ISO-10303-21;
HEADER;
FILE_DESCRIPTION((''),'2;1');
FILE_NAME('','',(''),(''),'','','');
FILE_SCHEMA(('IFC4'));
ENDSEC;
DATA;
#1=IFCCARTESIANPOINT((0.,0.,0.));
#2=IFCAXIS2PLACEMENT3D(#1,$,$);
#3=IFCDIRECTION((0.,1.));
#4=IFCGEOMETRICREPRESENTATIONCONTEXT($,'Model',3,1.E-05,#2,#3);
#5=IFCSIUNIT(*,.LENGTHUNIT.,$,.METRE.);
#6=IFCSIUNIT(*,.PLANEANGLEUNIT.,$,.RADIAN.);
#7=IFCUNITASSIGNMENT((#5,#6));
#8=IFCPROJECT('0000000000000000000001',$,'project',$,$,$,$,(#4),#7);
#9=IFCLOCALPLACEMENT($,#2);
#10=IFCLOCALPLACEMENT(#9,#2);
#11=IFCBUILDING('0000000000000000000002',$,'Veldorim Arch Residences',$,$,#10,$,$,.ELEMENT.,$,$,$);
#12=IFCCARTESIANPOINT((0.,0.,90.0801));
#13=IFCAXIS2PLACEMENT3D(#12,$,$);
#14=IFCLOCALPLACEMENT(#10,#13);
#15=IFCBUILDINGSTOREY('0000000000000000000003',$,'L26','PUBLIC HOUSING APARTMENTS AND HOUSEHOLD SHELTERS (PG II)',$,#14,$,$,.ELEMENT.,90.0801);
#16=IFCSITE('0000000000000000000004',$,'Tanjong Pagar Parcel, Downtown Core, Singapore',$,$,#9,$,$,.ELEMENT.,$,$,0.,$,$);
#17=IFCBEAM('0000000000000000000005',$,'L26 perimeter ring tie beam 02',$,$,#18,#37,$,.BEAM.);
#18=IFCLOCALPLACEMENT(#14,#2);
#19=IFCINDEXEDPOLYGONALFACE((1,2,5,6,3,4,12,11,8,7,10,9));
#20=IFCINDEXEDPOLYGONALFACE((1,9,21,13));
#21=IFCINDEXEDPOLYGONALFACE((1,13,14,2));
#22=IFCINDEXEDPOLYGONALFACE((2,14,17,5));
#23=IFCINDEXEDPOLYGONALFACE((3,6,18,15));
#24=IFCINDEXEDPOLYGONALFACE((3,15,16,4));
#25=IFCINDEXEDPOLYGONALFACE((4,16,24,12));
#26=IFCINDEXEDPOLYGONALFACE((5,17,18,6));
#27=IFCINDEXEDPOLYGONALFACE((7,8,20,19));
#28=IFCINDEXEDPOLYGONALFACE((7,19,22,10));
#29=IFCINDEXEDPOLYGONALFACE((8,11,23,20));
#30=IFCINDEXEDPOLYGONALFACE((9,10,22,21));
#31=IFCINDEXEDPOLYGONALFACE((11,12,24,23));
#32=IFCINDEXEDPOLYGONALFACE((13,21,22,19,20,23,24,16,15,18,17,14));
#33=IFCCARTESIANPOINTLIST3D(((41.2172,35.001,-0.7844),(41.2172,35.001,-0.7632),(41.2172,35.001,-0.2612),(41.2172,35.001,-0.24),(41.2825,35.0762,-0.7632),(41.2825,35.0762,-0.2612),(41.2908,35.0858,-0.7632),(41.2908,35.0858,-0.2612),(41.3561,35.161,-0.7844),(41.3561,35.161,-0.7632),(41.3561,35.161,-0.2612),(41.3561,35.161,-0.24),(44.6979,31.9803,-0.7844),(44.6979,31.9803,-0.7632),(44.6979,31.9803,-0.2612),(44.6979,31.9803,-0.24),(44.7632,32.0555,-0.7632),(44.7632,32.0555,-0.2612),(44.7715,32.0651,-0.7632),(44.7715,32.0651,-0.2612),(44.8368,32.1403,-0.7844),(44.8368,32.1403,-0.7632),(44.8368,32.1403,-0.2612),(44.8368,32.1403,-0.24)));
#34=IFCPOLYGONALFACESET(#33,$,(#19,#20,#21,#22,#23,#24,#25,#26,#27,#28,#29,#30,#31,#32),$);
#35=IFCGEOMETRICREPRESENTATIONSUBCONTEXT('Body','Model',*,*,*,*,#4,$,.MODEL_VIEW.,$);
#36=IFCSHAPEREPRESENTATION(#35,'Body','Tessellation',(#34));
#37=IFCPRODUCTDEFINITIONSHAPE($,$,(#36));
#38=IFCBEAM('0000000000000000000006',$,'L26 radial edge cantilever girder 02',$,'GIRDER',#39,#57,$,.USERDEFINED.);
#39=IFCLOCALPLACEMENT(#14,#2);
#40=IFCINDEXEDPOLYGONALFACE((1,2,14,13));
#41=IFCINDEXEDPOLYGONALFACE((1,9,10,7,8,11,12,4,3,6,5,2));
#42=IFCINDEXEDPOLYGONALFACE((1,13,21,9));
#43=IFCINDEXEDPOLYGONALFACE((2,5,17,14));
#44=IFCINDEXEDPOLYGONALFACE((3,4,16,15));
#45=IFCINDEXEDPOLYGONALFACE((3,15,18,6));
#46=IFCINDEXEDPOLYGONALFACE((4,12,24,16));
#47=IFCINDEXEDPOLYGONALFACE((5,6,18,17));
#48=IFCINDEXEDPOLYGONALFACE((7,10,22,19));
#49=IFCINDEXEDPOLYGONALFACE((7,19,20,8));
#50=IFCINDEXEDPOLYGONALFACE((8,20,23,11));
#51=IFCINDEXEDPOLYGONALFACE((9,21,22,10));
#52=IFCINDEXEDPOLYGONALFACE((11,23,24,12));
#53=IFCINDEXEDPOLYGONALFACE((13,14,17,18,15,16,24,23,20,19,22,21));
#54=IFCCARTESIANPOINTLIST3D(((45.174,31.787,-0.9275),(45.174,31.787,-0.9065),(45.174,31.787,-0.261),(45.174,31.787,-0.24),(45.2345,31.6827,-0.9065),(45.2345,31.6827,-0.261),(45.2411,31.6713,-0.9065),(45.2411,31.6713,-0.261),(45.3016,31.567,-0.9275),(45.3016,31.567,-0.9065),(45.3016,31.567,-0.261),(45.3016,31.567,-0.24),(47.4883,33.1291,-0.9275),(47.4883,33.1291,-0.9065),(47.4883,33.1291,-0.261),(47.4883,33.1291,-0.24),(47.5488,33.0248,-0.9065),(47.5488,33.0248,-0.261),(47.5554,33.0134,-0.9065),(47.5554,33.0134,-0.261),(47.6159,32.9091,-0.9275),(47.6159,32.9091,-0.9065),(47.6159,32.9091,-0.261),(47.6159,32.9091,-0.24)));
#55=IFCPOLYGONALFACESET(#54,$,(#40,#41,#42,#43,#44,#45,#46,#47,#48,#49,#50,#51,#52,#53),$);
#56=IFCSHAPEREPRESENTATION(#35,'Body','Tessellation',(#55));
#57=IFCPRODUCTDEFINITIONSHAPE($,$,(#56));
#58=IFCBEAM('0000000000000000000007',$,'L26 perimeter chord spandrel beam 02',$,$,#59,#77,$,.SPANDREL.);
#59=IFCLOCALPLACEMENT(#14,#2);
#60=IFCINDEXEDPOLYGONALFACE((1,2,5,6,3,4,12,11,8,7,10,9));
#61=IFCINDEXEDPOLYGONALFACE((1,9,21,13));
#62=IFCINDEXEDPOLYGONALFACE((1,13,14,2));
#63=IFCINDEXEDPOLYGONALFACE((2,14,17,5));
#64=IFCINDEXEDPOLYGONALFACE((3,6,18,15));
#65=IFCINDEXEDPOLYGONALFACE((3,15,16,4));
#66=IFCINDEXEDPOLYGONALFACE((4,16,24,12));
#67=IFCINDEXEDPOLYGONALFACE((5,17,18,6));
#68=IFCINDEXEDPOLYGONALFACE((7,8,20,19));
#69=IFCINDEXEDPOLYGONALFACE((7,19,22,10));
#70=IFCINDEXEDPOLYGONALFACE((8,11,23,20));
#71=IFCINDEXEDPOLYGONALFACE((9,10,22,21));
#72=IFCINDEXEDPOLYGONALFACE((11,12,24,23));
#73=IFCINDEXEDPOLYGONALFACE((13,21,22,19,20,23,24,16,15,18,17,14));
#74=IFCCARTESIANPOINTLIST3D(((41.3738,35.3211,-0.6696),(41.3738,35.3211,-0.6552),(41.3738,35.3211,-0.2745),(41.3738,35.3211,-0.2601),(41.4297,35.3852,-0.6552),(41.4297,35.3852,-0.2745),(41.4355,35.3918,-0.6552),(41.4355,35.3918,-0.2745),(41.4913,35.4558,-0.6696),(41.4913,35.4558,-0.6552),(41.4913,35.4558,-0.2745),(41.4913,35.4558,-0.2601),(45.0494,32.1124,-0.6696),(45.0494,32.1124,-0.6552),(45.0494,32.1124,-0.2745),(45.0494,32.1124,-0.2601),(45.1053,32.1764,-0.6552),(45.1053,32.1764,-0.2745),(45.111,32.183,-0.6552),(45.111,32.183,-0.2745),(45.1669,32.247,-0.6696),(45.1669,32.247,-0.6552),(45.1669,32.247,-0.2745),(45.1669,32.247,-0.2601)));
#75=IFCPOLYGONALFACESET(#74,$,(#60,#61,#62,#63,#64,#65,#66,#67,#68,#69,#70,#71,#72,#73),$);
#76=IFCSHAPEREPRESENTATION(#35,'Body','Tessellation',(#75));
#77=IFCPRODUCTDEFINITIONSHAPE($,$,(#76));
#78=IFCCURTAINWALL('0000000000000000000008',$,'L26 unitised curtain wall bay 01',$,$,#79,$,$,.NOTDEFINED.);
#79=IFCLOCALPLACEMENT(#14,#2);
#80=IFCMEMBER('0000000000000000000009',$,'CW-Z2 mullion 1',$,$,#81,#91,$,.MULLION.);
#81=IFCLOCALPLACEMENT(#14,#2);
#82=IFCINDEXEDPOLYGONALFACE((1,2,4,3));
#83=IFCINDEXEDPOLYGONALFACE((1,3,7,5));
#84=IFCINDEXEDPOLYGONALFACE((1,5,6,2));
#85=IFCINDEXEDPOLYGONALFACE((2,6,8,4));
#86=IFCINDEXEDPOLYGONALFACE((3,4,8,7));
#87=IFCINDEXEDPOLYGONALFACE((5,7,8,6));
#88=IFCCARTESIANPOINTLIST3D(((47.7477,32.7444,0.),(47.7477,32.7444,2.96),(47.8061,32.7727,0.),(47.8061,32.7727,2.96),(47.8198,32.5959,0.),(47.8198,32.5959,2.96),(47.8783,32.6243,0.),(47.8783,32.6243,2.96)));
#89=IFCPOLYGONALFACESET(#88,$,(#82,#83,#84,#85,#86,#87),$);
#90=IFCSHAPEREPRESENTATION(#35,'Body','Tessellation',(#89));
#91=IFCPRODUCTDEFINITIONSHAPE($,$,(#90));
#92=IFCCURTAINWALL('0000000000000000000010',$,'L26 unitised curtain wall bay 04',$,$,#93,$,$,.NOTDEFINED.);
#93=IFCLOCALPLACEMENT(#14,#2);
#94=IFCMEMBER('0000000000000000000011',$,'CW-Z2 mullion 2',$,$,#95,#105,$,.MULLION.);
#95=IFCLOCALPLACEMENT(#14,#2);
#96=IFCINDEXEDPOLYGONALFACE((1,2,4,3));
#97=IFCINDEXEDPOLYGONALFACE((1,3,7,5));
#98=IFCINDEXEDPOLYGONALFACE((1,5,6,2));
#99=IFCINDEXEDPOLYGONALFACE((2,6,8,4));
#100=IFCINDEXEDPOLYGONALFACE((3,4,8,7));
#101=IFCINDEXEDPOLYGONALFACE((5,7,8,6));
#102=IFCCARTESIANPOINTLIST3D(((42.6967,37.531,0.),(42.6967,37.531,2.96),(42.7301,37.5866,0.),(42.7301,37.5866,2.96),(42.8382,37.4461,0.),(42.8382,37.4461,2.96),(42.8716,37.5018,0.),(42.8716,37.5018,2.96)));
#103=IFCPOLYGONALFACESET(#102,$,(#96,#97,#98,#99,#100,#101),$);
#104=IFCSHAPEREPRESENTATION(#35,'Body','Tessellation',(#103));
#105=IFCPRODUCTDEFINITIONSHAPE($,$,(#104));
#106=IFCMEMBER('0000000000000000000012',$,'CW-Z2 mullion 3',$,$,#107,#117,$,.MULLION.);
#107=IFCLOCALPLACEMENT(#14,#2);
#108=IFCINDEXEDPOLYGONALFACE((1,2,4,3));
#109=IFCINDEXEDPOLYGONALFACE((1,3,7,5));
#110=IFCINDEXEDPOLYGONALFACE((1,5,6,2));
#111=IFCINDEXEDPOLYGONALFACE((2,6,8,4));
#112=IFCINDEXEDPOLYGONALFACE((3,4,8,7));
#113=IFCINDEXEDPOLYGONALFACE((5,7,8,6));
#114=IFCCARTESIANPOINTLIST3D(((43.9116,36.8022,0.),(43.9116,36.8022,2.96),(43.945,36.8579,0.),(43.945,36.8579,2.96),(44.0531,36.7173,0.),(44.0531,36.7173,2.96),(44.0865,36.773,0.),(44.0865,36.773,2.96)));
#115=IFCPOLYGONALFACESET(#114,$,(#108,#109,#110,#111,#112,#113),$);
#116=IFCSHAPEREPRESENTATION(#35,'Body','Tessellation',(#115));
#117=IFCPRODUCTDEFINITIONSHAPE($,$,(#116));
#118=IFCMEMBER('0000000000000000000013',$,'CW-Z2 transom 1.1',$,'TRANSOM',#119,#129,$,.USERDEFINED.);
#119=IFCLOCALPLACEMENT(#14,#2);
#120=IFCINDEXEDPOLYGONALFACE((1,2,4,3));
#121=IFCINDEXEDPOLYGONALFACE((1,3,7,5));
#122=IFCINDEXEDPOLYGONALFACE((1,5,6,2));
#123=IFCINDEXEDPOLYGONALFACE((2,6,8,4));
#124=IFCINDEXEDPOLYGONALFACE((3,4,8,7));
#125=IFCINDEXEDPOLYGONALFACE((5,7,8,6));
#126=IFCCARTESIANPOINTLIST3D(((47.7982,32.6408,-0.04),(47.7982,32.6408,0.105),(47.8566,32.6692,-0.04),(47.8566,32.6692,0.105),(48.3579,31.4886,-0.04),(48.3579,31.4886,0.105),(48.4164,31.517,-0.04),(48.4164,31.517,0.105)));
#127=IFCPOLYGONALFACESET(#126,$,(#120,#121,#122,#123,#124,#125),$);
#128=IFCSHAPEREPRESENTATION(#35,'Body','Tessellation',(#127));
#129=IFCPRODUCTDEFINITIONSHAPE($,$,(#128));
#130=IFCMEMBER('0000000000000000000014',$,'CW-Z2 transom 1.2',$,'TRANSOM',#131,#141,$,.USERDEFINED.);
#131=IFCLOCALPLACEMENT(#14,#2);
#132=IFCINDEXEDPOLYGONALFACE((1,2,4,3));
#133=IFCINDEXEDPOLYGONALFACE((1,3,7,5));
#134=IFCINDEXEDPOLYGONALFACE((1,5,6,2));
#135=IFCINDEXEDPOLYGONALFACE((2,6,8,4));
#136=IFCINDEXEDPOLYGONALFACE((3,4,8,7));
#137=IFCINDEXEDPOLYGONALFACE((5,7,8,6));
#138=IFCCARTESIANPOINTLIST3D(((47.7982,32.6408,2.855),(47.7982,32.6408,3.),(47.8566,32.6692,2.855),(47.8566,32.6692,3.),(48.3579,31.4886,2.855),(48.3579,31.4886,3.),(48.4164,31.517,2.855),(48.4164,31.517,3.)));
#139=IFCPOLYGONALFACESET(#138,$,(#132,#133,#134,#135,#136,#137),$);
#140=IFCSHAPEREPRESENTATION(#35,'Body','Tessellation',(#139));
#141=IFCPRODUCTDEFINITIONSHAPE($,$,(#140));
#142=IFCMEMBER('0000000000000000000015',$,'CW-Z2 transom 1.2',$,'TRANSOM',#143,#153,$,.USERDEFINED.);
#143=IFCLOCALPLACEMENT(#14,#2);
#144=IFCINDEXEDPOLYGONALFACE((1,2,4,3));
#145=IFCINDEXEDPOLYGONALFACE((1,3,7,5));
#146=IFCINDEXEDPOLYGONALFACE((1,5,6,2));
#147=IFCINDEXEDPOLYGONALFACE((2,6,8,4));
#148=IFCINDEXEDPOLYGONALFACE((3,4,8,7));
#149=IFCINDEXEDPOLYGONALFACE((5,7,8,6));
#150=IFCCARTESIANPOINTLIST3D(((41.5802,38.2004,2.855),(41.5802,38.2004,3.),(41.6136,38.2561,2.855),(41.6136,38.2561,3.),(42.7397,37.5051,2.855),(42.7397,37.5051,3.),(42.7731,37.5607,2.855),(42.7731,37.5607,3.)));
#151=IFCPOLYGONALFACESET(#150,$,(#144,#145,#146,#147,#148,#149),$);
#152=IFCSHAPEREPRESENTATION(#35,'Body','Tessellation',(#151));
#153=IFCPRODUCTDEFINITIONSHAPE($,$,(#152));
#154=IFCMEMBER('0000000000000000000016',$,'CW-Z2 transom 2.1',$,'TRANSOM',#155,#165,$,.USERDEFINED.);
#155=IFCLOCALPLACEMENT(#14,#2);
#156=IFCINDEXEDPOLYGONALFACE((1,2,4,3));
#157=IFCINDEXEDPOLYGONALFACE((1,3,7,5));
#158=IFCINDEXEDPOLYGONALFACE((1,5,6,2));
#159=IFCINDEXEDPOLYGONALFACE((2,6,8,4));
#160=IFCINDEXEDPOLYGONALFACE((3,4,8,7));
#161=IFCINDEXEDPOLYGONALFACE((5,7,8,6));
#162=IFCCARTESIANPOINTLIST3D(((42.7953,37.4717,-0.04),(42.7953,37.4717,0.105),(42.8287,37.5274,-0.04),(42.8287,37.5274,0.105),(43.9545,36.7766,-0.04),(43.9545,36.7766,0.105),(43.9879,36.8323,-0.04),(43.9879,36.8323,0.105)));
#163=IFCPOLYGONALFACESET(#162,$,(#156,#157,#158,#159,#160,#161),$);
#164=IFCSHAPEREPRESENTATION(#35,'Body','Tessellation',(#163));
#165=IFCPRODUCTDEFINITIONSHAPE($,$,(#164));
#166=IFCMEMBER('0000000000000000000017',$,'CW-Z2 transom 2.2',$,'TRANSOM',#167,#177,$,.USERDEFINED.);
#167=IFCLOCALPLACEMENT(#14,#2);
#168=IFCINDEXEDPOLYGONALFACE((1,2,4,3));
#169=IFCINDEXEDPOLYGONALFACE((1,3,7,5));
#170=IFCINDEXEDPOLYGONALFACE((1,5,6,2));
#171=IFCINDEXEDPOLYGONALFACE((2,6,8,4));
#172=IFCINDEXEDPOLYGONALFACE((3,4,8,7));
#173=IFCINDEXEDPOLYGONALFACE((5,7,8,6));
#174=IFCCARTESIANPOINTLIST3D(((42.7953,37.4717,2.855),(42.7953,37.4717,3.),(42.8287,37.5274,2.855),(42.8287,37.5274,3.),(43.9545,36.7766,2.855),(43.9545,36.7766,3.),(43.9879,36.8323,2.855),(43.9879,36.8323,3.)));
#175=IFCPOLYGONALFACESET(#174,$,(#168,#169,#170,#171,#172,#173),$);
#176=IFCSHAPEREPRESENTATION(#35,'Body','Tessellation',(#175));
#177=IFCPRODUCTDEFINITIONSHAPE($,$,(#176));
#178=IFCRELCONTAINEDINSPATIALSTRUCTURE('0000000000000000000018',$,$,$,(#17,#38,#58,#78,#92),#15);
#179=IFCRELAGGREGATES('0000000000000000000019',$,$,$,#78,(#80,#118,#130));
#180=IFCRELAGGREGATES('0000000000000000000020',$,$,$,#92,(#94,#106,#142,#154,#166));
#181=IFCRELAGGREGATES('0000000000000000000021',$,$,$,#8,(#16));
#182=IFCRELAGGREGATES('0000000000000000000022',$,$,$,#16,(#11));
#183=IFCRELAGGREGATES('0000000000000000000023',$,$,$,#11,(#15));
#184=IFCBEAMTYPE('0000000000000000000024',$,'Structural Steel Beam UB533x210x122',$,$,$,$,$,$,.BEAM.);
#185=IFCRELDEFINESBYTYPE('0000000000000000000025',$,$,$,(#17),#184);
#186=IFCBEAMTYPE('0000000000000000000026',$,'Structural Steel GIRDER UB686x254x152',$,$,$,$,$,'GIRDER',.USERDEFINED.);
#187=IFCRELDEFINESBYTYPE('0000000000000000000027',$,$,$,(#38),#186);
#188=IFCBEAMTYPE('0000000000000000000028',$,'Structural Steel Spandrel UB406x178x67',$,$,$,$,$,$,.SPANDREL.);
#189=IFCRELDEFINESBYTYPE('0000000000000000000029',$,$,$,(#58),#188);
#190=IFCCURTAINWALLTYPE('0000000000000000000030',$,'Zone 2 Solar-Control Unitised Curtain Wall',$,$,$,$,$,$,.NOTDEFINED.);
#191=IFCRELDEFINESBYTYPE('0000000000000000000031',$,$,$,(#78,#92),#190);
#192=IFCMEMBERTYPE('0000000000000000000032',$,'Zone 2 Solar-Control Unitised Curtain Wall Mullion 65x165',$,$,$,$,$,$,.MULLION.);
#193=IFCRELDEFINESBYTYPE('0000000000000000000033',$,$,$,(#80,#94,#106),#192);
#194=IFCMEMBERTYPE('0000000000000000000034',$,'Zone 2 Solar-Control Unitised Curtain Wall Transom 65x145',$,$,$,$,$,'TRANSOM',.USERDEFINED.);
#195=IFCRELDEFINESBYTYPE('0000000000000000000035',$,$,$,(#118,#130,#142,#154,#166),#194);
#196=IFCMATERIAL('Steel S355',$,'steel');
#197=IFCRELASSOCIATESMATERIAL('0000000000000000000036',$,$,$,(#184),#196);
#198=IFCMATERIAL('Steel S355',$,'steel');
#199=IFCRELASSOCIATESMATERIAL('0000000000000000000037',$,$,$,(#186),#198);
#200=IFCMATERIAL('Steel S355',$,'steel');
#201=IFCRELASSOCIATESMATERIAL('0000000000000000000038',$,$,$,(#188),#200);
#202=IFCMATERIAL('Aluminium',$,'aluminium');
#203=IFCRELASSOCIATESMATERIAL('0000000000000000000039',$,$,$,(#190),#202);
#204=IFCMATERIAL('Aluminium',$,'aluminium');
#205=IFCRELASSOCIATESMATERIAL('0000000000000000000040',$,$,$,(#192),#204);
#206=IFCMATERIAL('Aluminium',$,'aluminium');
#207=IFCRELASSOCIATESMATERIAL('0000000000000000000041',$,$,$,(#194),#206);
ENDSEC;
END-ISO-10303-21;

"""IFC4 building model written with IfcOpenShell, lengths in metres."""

from ifc_helpers import new_model, si_unit, direction, frame, origin, origin_2d, place, context, subcontext, project, spatial, rectangle, i_section, extrude, material, material_profile, profile_set, type_object, element, aggregate, save


model = new_model("IFC4")

# Units and contexts
model_context = context("Model", 3, precision=1e-05, world=origin(), true_north=direction((0.0, 1.0)))
body_context = subcontext(model_context, "Body", "Model", "MODEL_VIEW")
ifc_project = project(units=[si_unit("LENGTHUNIT", "METRE"), si_unit("PLANEANGLEUNIT", "RADIAN")], contexts=[model_context])

# Site, building, storey
site_placement = place(None, origin())
site = spatial("IfcSite", under=ifc_project, at=site_placement, Name="Tanjong Pagar Parcel, Downtown Core, Singapore", CompositionType="ELEMENT", RefElevation=0.0)
building_placement = place(site_placement, origin())
building = spatial("IfcBuilding", under=site, at=building_placement, Name="Veldorim Arch Residences", CompositionType="ELEMENT")
storey_placement = place(building_placement, frame((0.0, 0.0, 90.0801)))
storey = spatial("IfcBuildingStorey", under=building, at=storey_placement, Name="L26", Description="PUBLIC HOUSING APARTMENTS AND HOUSEHOLD SHELTERS (PG II)", CompositionType="ELEMENT", Elevation=90.0801)

# Beams
ifc_material_1 = material(Name="Steel S355", Category="steel")
ifc_material_profile_1 = material_profile(ifc_material_1, i_section(OverallWidth=0.2119, OverallDepth=0.5444, WebThickness=0.0127, FlangeThickness=0.0212, at=origin_2d()), Name="UB533x210x122")
ifc_profile_set_1 = profile_set([ifc_material_profile_1], Name="Steel S355")
beam_type_1 = type_object("IfcBeamType", Name="Structural Steel Beam UB533x210x122", PredefinedType="BEAM", material=ifc_profile_set_1)
beam_1_placement = place(storey_placement, frame((44.7673, 32.0603, -0.5122), z_axis=(-0.755245, 0.655443, 0.0), x_axis=(-0.655443, -0.755245, 0.0)))
element("IfcBeam", 1, at=beam_1_placement, inside=storey, type_object=beam_type_1, Name="L26 perimeter ring tie beam 02", PredefinedType="BEAM", context=body_context, shape_type="SweptSolid", body=[
    extrude(i_section(OverallWidth=0.2119, OverallDepth=0.5444, WebThickness=0.0127, FlangeThickness=0.0212, at=origin_2d()), origin(), (0.0, 0.0, 1.0), 4.6086),
])
ifc_material_2 = material(Name="Steel S355", Category="steel")
ifc_material_profile_2 = material_profile(ifc_material_2, i_section(OverallWidth=0.2544, OverallDepth=0.6875, WebThickness=0.0132, FlangeThickness=0.021, at=origin_2d()), Name="UB686x254x152")
ifc_profile_set_2 = profile_set([ifc_material_profile_2], Name="Steel S355")
beam_type_2 = type_object("IfcBeamType", Name="Structural Steel GIRDER UB686x254x152", ElementType="GIRDER", PredefinedType="USERDEFINED", material=ifc_profile_set_2)
beam_2_placement = place(storey_placement, frame((45.2378, 31.677, -0.5837), z_axis=(0.865064, 0.501662, 0.0), x_axis=(-0.501662, 0.865064, 0.0)))
element("IfcBeam", 2, at=beam_2_placement, inside=storey, type_object=beam_type_2, Name="L26 radial edge cantilever girder 02", ObjectType="GIRDER", PredefinedType="USERDEFINED", context=body_context, shape_type="SweptSolid", body=[
    extrude(i_section(OverallWidth=0.2544, OverallDepth=0.6875, WebThickness=0.0132, FlangeThickness=0.021, at=origin_2d()), origin(), (0.0, 0.0, 1.0), 2.6753),
])
ifc_material_3 = material(Name="Steel S355", Category="steel")
ifc_material_profile_3 = material_profile(ifc_material_3, i_section(OverallWidth=0.1787, OverallDepth=0.4094, WebThickness=0.0088, FlangeThickness=0.0144, at=origin_2d()), Name="UB406x178x67")
ifc_profile_set_3 = profile_set([ifc_material_profile_3], Name="Steel S355")
beam_type_3 = type_object("IfcBeamType", Name="Structural Steel Spandrel UB406x178x67", PredefinedType="SPANDREL", material=ifc_profile_set_3)
beam_3_placement = place(storey_placement, frame((45.1082, 32.1797, -0.4648), z_axis=(-0.753323, 0.65765, 0.0), x_axis=(-0.65765, -0.753323, 0.0)))
element("IfcBeam", 3, at=beam_3_placement, inside=storey, type_object=beam_type_3, Name="L26 perimeter chord spandrel beam 02", PredefinedType="SPANDREL", context=body_context, shape_type="SweptSolid", body=[
    extrude(i_section(OverallWidth=0.1787, OverallDepth=0.4094, WebThickness=0.0088, FlangeThickness=0.0144, at=origin_2d()), origin(), (0.0, 0.0, 1.0), 4.8792),
])

# Curtain wall, member
ifc_material_4 = material(Name="Aluminium", Category="aluminium")
curtain_wall_type = type_object("IfcCurtainWallType", Name="Zone 2 Solar-Control Unitised Curtain Wall", PredefinedType="NOTDEFINED", material=ifc_material_4)
curtain_wall_1_placement = place(storey_placement, origin())
curtain_wall_1 = element("IfcCurtainWall", 4, at=curtain_wall_1_placement, inside=storey, type_object=curtain_wall_type, Name="L26 unitised curtain wall bay 01", PredefinedType="NOTDEFINED")
ifc_material_5 = material(Name="Aluminium", Category="aluminium")
ifc_material_profile_4 = material_profile(ifc_material_5, rectangle(XDim=0.0649, YDim=0.165, at=origin_2d()), Name="ALU_MUL_65x165")
ifc_profile_set_4 = profile_set([ifc_material_profile_4], Name="Aluminium")
member_type_1 = type_object("IfcMemberType", Name="Zone 2 Solar-Control Unitised Curtain Wall Mullion 65x165", PredefinedType="MULLION", material=ifc_profile_set_4)
member_1_placement = place(storey_placement, frame((47.813, 32.6843, 0.0), z_axis=(0.0, 0.0, 1.0), x_axis=(0.899439, 0.437046, 0.0)))
member_1 = element("IfcMember", 5, at=member_1_placement, type_object=member_type_1, Name="CW-Z2 mullion 1", PredefinedType="MULLION", context=body_context, shape_type="SweptSolid", body=[
    extrude(rectangle(XDim=0.0649, YDim=0.165, at=origin_2d()), origin(), (0.0, 0.0, 1.0), 2.96),
])

# Curtain wall, members
curtain_wall_2_placement = place(storey_placement, origin())
curtain_wall_2 = element("IfcCurtainWall", 6, at=curtain_wall_2_placement, inside=storey, type_object=curtain_wall_type, Name="L26 unitised curtain wall bay 04", PredefinedType="NOTDEFINED")
member_2_placement = place(storey_placement, frame((42.7842, 37.5164, 0.0), z_axis=(0.0, 0.0, 1.0), x_axis=(0.514313, 0.857602, 0.0)))
member_2 = element("IfcMember", 7, at=member_2_placement, type_object=member_type_1, Name="CW-Z2 mullion 2", PredefinedType="MULLION", context=body_context, shape_type="SweptSolid", body=[
    extrude(rectangle(XDim=0.0649, YDim=0.165, at=origin_2d()), origin(), (0.0, 0.0, 1.0), 2.96),
])
member_3_placement = place(storey_placement, frame((43.999, 36.7876, 0.0), z_axis=(0.0, 0.0, 1.0), x_axis=(0.514313, 0.857602, 0.0)))
member_3 = element("IfcMember", 8, at=member_3_placement, type_object=member_type_1, Name="CW-Z2 mullion 3", PredefinedType="MULLION", context=body_context, shape_type="SweptSolid", body=[
    extrude(rectangle(XDim=0.0649, YDim=0.165, at=origin_2d()), origin(), (0.0, 0.0, 1.0), 2.96),
])

# Members
ifc_material_6 = material(Name="Aluminium", Category="aluminium")
ifc_material_profile_5 = material_profile(ifc_material_6, rectangle(XDim=0.0649, YDim=0.145, at=origin_2d()), Name="ALU_TRN_65x145")
ifc_profile_set_5 = profile_set([ifc_material_profile_5], Name="Aluminium")
member_type_2 = type_object("IfcMemberType", Name="Zone 2 Solar-Control Unitised Curtain Wall Transom 65x145", ElementType="TRANSOM", PredefinedType="USERDEFINED", material=ifc_profile_set_5)
member_4_placement = place(storey_placement, frame((47.8274, 32.655, 0.0325), z_axis=(0.43697, -0.899476, 0.0), x_axis=(0.899476, 0.43697, 0.0)))
member_4 = element("IfcMember", 9, at=member_4_placement, type_object=member_type_2, Name="CW-Z2 transom 1.1", ObjectType="TRANSOM", PredefinedType="USERDEFINED", context=body_context, shape_type="SweptSolid", body=[
    extrude(rectangle(XDim=0.0649, YDim=0.145, at=origin_2d()), origin(), (0.0, 0.0, 1.0), 1.281),
])
member_5_placement = place(storey_placement, frame((47.8274, 32.655, 2.9275), z_axis=(0.43697, -0.899476, 0.0), x_axis=(0.899476, 0.43697, 0.0)))
member_5 = element("IfcMember", 10, at=member_5_placement, type_object=member_type_2, Name="CW-Z2 transom 1.2", ObjectType="TRANSOM", PredefinedType="USERDEFINED", context=body_context, shape_type="SweptSolid", body=[
    extrude(rectangle(XDim=0.0649, YDim=0.145, at=origin_2d()), origin(), (0.0, 0.0, 1.0), 1.281),
])
member_6_placement = place(storey_placement, frame((41.5969, 38.2283, 2.9275), z_axis=(0.857604, -0.51431, 0.0), x_axis=(0.51431, 0.857604, 0.0)))
member_6 = element("IfcMember", 11, at=member_6_placement, type_object=member_type_2, Name="CW-Z2 transom 1.2", ObjectType="TRANSOM", PredefinedType="USERDEFINED", context=body_context, shape_type="SweptSolid", body=[
    extrude(rectangle(XDim=0.0649, YDim=0.145, at=origin_2d()), origin(), (0.0, 0.0, 1.0), 1.3521),
])
member_7_placement = place(storey_placement, frame((42.812, 37.4995, 0.0325), z_axis=(0.857636, -0.514257, 0.0), x_axis=(0.514257, 0.857636, 0.0)))
member_7 = element("IfcMember", 12, at=member_7_placement, type_object=member_type_2, Name="CW-Z2 transom 2.1", ObjectType="TRANSOM", PredefinedType="USERDEFINED", context=body_context, shape_type="SweptSolid", body=[
    extrude(rectangle(XDim=0.0649, YDim=0.145, at=origin_2d()), origin(), (0.0, 0.0, 1.0), 1.3516),
])
member_8_placement = place(storey_placement, frame((42.812, 37.4995, 2.9275), z_axis=(0.857636, -0.514257, 0.0), x_axis=(0.514257, 0.857636, 0.0)))
member_8 = element("IfcMember", 13, at=member_8_placement, type_object=member_type_2, Name="CW-Z2 transom 2.2", ObjectType="TRANSOM", PredefinedType="USERDEFINED", context=body_context, shape_type="SweptSolid", body=[
    extrude(rectangle(XDim=0.0649, YDim=0.145, at=origin_2d()), origin(), (0.0, 0.0, 1.0), 1.3516),
])

aggregate(curtain_wall_1, [member_1, member_4, member_5])
aggregate(curtain_wall_2, [member_2, member_3, member_6, member_7, member_8])

save(model, "model.ifc")
